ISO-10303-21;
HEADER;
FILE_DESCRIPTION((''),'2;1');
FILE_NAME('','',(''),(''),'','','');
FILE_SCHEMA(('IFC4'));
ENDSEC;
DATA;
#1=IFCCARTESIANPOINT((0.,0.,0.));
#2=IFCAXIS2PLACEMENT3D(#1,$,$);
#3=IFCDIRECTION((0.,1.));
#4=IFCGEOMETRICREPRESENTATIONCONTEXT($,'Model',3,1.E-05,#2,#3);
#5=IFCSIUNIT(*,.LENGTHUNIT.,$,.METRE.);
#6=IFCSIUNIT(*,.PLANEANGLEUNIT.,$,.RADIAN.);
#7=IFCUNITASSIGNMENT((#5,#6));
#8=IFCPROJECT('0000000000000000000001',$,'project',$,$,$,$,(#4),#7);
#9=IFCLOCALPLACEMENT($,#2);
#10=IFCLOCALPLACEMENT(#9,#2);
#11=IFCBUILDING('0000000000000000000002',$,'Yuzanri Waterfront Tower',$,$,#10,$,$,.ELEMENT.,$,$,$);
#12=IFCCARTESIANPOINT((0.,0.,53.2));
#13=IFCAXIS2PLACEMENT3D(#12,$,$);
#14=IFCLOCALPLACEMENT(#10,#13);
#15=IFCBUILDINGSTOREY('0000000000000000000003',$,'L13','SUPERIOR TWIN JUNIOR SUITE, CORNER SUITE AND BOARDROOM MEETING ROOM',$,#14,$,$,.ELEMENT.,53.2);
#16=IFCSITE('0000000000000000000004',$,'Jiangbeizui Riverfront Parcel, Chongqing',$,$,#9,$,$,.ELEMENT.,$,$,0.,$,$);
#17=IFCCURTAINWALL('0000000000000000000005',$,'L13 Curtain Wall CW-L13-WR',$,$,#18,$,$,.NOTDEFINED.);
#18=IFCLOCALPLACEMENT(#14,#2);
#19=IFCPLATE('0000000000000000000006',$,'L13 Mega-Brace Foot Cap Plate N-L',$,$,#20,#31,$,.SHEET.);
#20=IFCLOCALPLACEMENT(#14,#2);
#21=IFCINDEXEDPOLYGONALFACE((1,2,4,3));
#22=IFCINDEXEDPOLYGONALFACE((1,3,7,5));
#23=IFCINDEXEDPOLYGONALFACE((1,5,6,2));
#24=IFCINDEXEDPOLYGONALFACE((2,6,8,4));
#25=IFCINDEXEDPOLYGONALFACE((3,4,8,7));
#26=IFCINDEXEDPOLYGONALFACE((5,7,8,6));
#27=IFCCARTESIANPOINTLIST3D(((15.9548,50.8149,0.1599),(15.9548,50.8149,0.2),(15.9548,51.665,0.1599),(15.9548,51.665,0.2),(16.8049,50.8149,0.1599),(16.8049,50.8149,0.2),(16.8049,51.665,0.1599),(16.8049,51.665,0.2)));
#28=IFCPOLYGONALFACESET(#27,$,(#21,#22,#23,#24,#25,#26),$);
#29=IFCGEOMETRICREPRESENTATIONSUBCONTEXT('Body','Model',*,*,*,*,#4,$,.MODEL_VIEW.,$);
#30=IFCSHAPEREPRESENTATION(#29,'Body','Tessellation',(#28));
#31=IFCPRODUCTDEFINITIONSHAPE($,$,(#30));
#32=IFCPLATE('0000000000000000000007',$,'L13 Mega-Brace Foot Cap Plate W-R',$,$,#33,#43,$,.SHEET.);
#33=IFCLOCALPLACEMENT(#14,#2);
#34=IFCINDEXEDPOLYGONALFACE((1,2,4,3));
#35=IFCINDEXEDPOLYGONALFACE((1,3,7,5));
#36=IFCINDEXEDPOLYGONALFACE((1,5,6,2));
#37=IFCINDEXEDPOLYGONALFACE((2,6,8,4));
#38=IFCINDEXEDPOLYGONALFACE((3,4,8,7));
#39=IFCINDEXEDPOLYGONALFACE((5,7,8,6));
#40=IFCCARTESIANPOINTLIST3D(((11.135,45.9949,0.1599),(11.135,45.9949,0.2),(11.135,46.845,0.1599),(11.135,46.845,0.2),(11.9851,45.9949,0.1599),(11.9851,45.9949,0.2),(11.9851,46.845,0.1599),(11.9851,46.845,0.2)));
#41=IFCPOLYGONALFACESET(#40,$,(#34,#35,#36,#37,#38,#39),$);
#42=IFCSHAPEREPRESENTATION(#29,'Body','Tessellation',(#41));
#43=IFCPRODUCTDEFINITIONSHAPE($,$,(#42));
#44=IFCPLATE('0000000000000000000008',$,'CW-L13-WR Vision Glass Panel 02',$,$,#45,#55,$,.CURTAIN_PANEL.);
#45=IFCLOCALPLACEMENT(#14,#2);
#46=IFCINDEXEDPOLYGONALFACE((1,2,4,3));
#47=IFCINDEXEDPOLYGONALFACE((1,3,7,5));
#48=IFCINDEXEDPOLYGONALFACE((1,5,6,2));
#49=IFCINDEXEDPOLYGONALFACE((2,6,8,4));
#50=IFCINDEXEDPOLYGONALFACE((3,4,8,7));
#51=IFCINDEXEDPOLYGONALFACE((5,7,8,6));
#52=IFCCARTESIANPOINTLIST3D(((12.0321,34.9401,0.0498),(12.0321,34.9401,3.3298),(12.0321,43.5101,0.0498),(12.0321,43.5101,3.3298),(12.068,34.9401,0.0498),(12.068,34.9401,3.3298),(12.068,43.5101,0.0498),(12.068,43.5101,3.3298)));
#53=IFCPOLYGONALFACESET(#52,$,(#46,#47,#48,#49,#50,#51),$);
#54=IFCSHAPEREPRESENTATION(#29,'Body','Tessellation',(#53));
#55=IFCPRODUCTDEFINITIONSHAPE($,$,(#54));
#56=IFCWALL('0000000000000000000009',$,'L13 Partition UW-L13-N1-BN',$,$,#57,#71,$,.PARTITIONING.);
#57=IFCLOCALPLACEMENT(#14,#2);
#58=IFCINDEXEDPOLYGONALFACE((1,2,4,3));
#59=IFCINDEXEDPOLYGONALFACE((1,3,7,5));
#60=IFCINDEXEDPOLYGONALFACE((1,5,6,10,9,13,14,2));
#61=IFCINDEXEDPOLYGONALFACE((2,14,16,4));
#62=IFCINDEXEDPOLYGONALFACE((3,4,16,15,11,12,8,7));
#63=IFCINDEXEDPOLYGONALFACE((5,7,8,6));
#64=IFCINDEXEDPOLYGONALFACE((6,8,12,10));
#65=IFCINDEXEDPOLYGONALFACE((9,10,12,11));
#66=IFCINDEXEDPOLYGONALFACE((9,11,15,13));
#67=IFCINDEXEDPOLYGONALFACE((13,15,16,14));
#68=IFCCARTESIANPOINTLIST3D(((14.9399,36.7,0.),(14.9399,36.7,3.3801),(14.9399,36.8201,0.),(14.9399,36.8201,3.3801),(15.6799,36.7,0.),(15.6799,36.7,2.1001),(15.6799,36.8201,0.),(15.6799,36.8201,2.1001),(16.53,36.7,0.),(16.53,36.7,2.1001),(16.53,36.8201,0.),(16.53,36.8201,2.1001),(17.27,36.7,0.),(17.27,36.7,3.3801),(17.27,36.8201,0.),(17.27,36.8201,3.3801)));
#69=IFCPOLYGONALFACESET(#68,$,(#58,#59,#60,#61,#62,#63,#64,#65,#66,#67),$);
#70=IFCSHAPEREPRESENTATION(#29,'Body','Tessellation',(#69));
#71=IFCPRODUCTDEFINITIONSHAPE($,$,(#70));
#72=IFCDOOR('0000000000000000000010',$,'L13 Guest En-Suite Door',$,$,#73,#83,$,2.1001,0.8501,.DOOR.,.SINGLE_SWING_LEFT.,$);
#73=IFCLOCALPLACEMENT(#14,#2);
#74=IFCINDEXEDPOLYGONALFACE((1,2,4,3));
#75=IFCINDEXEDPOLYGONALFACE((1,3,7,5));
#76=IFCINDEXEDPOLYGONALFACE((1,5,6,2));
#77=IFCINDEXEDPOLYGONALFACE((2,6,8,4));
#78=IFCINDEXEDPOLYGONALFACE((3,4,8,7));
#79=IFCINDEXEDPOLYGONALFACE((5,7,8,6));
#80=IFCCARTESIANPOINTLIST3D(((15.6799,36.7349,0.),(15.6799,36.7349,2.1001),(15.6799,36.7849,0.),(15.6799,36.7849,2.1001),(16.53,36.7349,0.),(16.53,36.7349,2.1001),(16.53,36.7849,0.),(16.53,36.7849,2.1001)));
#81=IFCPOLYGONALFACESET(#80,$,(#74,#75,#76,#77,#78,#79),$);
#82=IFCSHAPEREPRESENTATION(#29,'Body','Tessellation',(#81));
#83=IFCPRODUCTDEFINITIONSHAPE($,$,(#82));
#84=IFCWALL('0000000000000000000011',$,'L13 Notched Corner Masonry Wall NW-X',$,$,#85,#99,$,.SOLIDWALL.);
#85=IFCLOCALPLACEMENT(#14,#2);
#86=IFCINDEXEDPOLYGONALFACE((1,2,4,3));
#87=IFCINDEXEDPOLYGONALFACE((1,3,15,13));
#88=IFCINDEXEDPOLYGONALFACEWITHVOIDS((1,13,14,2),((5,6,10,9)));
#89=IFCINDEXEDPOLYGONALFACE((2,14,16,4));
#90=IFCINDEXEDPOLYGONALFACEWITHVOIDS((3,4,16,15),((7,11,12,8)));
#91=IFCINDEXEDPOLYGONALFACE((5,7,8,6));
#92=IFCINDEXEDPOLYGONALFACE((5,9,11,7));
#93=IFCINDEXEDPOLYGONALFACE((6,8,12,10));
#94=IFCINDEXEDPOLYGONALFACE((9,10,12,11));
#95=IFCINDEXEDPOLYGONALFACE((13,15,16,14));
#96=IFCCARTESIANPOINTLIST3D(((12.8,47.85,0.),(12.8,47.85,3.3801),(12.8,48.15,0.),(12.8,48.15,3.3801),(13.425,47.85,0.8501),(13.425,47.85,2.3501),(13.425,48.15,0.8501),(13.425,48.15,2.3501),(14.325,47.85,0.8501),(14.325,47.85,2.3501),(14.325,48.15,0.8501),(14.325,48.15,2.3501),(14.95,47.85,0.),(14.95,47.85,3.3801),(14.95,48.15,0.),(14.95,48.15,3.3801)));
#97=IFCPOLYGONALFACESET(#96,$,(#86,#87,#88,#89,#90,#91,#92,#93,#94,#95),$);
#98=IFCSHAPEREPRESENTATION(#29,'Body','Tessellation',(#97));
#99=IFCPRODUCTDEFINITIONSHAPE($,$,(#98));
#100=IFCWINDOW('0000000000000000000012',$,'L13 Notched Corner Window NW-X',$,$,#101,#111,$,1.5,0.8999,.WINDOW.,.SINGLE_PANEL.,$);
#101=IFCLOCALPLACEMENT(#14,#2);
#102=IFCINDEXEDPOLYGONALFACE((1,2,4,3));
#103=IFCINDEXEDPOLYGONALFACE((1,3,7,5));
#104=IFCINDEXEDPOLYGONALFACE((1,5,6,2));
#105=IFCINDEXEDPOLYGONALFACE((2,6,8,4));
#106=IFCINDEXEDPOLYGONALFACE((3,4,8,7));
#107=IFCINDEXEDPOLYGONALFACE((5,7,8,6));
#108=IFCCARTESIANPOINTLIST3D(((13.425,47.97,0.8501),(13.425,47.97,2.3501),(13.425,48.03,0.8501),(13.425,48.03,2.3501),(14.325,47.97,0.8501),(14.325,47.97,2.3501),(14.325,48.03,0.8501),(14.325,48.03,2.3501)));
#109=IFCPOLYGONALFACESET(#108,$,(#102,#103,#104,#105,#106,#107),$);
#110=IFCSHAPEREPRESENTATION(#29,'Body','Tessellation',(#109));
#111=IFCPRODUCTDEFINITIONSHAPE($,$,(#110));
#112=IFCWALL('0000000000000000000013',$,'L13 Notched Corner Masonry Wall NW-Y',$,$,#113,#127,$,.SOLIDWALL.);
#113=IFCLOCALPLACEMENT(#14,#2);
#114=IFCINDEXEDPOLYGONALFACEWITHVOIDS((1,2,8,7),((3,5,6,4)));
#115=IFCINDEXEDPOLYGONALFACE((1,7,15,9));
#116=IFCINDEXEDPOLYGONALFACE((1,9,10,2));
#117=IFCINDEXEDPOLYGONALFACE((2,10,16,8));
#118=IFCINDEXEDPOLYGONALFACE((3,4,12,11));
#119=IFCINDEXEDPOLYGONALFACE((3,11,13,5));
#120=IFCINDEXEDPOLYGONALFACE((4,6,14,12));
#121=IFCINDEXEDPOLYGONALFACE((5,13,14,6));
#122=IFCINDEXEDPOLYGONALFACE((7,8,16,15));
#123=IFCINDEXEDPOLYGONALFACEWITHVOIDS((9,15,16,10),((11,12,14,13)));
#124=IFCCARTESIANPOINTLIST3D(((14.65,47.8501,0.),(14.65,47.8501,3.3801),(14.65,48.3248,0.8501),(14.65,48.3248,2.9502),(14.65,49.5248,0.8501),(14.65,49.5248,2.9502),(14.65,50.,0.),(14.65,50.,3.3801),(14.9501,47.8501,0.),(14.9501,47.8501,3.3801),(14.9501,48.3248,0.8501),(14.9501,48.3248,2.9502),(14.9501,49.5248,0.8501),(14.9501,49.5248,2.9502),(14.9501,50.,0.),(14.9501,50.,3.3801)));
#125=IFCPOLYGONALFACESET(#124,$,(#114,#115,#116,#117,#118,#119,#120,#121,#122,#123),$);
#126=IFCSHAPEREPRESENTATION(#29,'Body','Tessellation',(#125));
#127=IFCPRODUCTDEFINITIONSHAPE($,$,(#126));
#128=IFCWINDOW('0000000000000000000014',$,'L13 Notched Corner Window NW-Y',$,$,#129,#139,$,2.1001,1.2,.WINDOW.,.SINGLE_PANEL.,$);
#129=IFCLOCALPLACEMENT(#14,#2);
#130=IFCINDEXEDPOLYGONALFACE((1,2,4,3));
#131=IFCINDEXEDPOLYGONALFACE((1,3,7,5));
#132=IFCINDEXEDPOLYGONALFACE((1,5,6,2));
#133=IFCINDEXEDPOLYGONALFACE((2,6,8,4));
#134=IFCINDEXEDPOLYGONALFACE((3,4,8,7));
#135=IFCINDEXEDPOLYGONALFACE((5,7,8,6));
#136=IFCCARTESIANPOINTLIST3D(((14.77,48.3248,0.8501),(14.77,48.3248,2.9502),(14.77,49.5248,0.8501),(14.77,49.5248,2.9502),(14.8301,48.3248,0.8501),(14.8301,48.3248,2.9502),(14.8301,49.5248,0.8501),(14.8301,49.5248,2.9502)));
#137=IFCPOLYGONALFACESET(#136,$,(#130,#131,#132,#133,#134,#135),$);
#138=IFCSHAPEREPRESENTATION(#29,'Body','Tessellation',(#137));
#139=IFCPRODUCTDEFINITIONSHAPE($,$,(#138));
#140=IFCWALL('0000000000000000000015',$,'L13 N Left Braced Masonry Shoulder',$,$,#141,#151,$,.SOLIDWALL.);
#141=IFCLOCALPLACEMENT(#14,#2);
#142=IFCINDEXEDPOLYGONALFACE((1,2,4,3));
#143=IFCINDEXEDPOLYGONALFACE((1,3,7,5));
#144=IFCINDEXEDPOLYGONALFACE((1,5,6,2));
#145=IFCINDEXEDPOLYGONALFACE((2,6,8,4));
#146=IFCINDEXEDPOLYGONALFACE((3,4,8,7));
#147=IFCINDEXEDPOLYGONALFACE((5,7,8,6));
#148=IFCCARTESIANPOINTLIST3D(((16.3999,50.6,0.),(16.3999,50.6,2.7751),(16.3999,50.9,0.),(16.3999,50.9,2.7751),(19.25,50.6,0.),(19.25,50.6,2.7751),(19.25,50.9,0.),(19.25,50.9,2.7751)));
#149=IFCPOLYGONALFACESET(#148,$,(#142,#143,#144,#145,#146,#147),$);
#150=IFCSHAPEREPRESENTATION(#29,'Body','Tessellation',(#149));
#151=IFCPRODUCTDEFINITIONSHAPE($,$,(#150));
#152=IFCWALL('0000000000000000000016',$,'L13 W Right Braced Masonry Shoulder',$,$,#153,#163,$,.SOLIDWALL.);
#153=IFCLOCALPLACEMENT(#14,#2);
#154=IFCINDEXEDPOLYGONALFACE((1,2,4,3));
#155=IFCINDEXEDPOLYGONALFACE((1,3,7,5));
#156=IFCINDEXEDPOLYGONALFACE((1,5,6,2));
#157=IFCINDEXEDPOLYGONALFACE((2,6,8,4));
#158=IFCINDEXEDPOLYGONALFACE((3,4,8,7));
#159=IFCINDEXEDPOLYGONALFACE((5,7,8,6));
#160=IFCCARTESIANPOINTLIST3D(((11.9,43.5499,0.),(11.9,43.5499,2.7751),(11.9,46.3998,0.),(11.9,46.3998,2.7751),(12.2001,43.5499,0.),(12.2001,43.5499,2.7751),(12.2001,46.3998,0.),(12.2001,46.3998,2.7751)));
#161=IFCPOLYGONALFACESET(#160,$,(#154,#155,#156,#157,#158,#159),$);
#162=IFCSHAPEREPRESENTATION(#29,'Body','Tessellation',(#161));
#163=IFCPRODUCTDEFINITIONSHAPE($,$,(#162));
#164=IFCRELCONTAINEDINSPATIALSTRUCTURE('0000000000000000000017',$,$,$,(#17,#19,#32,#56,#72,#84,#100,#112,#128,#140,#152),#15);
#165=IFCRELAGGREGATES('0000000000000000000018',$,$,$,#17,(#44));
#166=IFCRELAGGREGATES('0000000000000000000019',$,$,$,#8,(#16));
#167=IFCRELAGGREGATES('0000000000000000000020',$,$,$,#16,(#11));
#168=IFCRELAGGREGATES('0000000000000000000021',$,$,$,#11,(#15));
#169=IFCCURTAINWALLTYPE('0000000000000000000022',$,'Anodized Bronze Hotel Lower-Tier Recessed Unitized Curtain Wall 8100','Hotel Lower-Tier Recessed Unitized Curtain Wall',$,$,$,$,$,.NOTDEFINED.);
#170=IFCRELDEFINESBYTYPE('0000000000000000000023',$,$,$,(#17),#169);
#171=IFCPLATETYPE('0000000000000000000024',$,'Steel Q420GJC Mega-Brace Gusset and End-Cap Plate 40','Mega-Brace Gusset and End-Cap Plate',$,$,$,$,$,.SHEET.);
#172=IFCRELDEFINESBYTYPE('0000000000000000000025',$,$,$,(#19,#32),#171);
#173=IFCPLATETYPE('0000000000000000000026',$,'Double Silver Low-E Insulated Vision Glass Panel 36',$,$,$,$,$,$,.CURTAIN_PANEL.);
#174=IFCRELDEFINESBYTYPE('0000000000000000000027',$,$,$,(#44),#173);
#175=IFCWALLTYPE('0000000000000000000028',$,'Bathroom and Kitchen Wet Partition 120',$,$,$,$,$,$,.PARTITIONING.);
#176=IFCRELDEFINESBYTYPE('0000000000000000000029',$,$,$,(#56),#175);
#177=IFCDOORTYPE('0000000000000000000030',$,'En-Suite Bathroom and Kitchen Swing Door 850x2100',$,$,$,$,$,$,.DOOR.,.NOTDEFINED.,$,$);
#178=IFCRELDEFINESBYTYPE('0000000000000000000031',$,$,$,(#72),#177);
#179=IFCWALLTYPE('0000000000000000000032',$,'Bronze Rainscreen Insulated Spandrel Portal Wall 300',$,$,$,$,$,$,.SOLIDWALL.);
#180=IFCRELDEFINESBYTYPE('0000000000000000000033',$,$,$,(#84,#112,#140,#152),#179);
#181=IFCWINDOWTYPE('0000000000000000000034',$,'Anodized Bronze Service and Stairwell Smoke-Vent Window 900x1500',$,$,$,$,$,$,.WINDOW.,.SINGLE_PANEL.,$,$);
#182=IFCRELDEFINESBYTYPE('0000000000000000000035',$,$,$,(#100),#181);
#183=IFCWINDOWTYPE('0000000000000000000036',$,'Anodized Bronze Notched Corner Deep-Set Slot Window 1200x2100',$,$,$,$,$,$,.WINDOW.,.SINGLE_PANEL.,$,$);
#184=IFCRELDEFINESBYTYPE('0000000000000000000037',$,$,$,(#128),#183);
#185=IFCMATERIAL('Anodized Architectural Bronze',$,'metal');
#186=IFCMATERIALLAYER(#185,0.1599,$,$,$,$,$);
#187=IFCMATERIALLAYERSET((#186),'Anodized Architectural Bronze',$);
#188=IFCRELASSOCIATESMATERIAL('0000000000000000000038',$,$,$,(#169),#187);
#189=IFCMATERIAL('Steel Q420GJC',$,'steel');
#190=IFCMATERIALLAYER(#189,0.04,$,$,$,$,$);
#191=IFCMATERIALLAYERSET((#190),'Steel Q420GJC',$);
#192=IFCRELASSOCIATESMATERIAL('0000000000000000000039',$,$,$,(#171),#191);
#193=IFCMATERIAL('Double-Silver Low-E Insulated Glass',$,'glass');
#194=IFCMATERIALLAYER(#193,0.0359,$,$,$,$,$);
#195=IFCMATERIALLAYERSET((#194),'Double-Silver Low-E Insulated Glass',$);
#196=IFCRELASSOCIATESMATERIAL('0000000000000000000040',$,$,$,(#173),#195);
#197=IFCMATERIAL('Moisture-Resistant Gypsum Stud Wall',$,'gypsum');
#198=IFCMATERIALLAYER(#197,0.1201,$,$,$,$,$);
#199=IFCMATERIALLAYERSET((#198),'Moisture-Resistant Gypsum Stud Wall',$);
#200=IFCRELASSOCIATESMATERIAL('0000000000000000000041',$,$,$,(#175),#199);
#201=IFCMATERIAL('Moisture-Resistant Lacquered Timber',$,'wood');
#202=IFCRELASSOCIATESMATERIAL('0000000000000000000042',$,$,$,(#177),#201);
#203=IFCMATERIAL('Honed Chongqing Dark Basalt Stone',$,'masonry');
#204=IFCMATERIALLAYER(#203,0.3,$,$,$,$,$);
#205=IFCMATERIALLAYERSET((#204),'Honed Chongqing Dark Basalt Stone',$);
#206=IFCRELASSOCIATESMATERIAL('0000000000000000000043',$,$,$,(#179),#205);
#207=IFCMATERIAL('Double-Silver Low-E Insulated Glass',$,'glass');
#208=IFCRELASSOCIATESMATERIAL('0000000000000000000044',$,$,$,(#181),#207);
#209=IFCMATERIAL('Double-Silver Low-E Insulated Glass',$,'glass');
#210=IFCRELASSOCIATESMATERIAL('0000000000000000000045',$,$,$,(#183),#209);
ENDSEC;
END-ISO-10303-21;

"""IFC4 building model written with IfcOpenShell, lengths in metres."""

from ifc_helpers import new_model, si_unit, direction, frame, frame_2d, origin, origin_2d, place, context, subcontext, project, spatial, rectangle, extrude, source, transform, mapped, material, layer, layer_set, type_object, element, fill, aggregate, save


model = new_model("IFC4")

# Units and contexts
model_context = context("Model", 3, precision=1e-05, world=origin(), true_north=direction((0.0, 1.0)))
body_context = subcontext(model_context, "Body", "Model", "MODEL_VIEW")
ifc_project = project(units=[si_unit("LENGTHUNIT", "METRE"), si_unit("PLANEANGLEUNIT", "RADIAN")], contexts=[model_context])

# Site, building, storey
site_placement = place(None, origin())
site = spatial("IfcSite", under=ifc_project, at=site_placement, Name="Jiangbeizui Riverfront Parcel, Chongqing", CompositionType="ELEMENT", RefElevation=0.0)
building_placement = place(site_placement, origin())
building = spatial("IfcBuilding", under=site, at=building_placement, Name="Yuzanri Waterfront Tower", CompositionType="ELEMENT")
storey_placement = place(building_placement, frame((0.0, 0.0, 53.2)))
storey = spatial("IfcBuildingStorey", under=building, at=storey_placement, Name="L13", Description="SUPERIOR TWIN JUNIOR SUITE, CORNER SUITE AND BOARDROOM MEETING ROOM", CompositionType="ELEMENT", Elevation=53.2)

# Curtain wall
ifc_material_1 = material(Name="Anodized Architectural Bronze", Category="metal")
ifc_layer_1 = layer(ifc_material_1, 0.1599)
ifc_layer_set_1 = layer_set([ifc_layer_1], Name="Anodized Architectural Bronze")
curtain_wall_type = type_object("IfcCurtainWallType", Name="Anodized Bronze Hotel Lower-Tier Recessed Unitized Curtain Wall 8100", Description="Hotel Lower-Tier Recessed Unitized Curtain Wall", PredefinedType="NOTDEFINED", material=ifc_layer_set_1)
curtain_wall_placement = place(storey_placement, origin())
curtain_wall = element("IfcCurtainWall", 1, at=curtain_wall_placement, inside=storey, type_object=curtain_wall_type, Name="L13 Curtain Wall CW-L13-WR", PredefinedType="NOTDEFINED")

# Plates
ifc_material_2 = material(Name="Steel Q420GJC", Category="steel")
ifc_layer_2 = layer(ifc_material_2, 0.04)
ifc_layer_set_2 = layer_set([ifc_layer_2], Name="Steel Q420GJC")
plate_type_1 = type_object("IfcPlateType", Name="Steel Q420GJC Mega-Brace Gusset and End-Cap Plate 40", Description="Mega-Brace Gusset and End-Cap Plate", PredefinedType="SHEET", material=ifc_layer_set_2)
shared_shape_1 = source(origin(), body_context, "Body", "SweptSolid", [
    extrude(rectangle(XDim=0.8501, YDim=0.8501, at=origin_2d()), origin(), (0.0, 0.0, 1.0), 0.04),
])
for number, where, z_axis, x_axis, name in (
    (2, (16.3799, 51.24, 0.1599), (0.0, 0.0, 1.0), (1.0, 0.0, 0.0), "L13 Mega-Brace Foot Cap Plate N-L"),
    (3, (11.5601, 46.4199, 0.1599), (0.0, 0.0, 1.0), (1.0, 0.0, 0.0), "L13 Mega-Brace Foot Cap Plate W-R"),
):
    element("IfcPlate", number, at=place(storey_placement, frame(where, z_axis=z_axis, x_axis=x_axis)), inside=storey, type_object=plate_type_1, Name=name, PredefinedType="SHEET", context=body_context, shape_type="MappedRepresentation", body=[
        mapped(shared_shape_1, transform((0.0, 0.0, 0.0), scale=1.0)),
    ])

# Plate
ifc_material_3 = material(Name="Double-Silver Low-E Insulated Glass", Category="glass")
ifc_layer_3 = layer(ifc_material_3, 0.0359)
ifc_layer_set_3 = layer_set([ifc_layer_3], Name="Double-Silver Low-E Insulated Glass")
plate_type_2 = type_object("IfcPlateType", Name="Double Silver Low-E Insulated Vision Glass Panel 36", PredefinedType="CURTAIN_PANEL", material=ifc_layer_set_3)
shared_shape_2 = source(origin(), body_context, "Body", "SweptSolid", [
    extrude(rectangle(XDim=8.5701, YDim=0.0359, at=origin_2d()), origin(), (0.0, 0.0, 1.0), 3.28),
])
plate_placement = place(storey_placement, frame((12.05, 39.2251, 0.0498), z_axis=(0.0, 0.0, 1.0), x_axis=(0.0, 1.0, 0.0)))
plate = element("IfcPlate", 4, at=plate_placement, type_object=plate_type_2, Name="CW-L13-WR Vision Glass Panel 02", PredefinedType="CURTAIN_PANEL", context=body_context, shape_type="MappedRepresentation", body=[
    mapped(shared_shape_2, transform((0.0, 0.0, 0.0), scale=1.0)),
])
aggregate(curtain_wall, [plate])

# Wall, opening, door
ifc_material_4 = material(Name="Moisture-Resistant Gypsum Stud Wall", Category="gypsum")
ifc_layer_4 = layer(ifc_material_4, 0.1201)
ifc_layer_set_4 = layer_set([ifc_layer_4], Name="Moisture-Resistant Gypsum Stud Wall")
wall_type_1 = type_object("IfcWallType", Name="Bathroom and Kitchen Wet Partition 120", PredefinedType="PARTITIONING", material=ifc_layer_set_4)
wall_1_placement = place(storey_placement, frame((14.9399, 36.76, 0.0), z_axis=(0.0, 0.0, 1.0), x_axis=(1.0, 0.0, 0.0)))
wall_1 = element("IfcWall", 5, at=wall_1_placement, inside=storey, type_object=wall_type_1, Name="L13 Partition UW-L13-N1-BN", PredefinedType="PARTITIONING", context=body_context, shape_type="SweptSolid", body=[
    extrude(rectangle(XDim=2.3301, YDim=0.1201, at=frame_2d((1.165, 0.0))), origin(), (0.0, 0.0, 1.0), 3.3801),
])
opening_1_placement = place(wall_1_placement, frame((0.74, 0.0, 0.0)))
opening_1 = element("IfcOpeningElement", 6, at=opening_1_placement, cuts=wall_1, PredefinedType="OPENING", context=body_context, shape_type="SweptSolid", body=[
    extrude(rectangle(XDim=0.8501, YDim=2.1001, at=frame_2d((0.425, 1.05))), frame((0.0, 0.075, 0.0), z_axis=(0.0, -1.0, 0.0), x_axis=(1.0, 0.0, 0.0)), (0.0, 0.0, 1.0), 0.1499),
])
ifc_material_5 = material(Name="Moisture-Resistant Lacquered Timber", Category="wood")
door_type = type_object("IfcDoorType", Name="En-Suite Bathroom and Kitchen Swing Door 850x2100", OperationType="NOTDEFINED", PredefinedType="DOOR", material=ifc_material_5)
shared_shape_3 = source(origin(), body_context, "Body", "SweptSolid", [
    extrude(rectangle(XDim=0.8501, YDim=2.1001, at=frame_2d((0.425, 1.05))), frame((0.0, 0.0249, 0.0), z_axis=(0.0, -1.0, 0.0), x_axis=(1.0, 0.0, 0.0)), (0.0, 0.0, 1.0), 0.05),
])
door_placement = place(opening_1_placement, origin())
door = element("IfcDoor", 7, at=door_placement, inside=storey, type_object=door_type, Name="L13 Guest En-Suite Door", OperationType="SINGLE_SWING_LEFT", OverallHeight=2.1001, OverallWidth=0.8501, PredefinedType="DOOR", context=body_context, shape_type="MappedRepresentation", body=[
    mapped(shared_shape_3, transform((0.0, 0.0, 0.0), scale=1.0)),
])
fill(opening_1, door)

# Walls, openings, windows
ifc_material_6 = material(Name="Honed Chongqing Dark Basalt Stone", Category="masonry")
ifc_layer_5 = layer(ifc_material_6, 0.3)
ifc_layer_set_5 = layer_set([ifc_layer_5], Name="Honed Chongqing Dark Basalt Stone")
wall_type_2 = type_object("IfcWallType", Name="Bronze Rainscreen Insulated Spandrel Portal Wall 300", PredefinedType="SOLIDWALL", material=ifc_layer_set_5)
wall_2_placement = place(storey_placement, frame((14.95, 48.0, 0.0), z_axis=(0.0, 0.0, 1.0), x_axis=(-1.0, 0.0, 0.0)))
wall_2 = element("IfcWall", 8, at=wall_2_placement, inside=storey, type_object=wall_type_2, Name="L13 Notched Corner Masonry Wall NW-X", PredefinedType="SOLIDWALL", context=body_context, shape_type="SweptSolid", body=[
    extrude(rectangle(XDim=2.1499, YDim=0.3, at=frame_2d((1.075, 0.0))), origin(), (0.0, 0.0, 1.0), 3.3801),
])
opening_2_placement = place(wall_2_placement, frame((0.625, 0.0, 0.8501)))
opening_2 = element("IfcOpeningElement", 9, at=opening_2_placement, cuts=wall_2, PredefinedType="OPENING", context=body_context, shape_type="SweptSolid", body=[
    extrude(rectangle(XDim=0.8999, YDim=1.5, at=frame_2d((0.45, 0.75))), frame((0.0, 0.165, 0.0), z_axis=(0.0, -1.0, 0.0), x_axis=(1.0, 0.0, 0.0)), (0.0, 0.0, 1.0), 0.3298),
])
ifc_material_7 = material(Name="Double-Silver Low-E Insulated Glass", Category="glass")
window_type_1 = type_object("IfcWindowType", Name="Anodized Bronze Service and Stairwell Smoke-Vent Window 900x1500", PartitioningType="SINGLE_PANEL", PredefinedType="WINDOW", material=ifc_material_7)
shared_shape_4 = source(origin(), body_context, "Body", "SweptSolid", [
    extrude(rectangle(XDim=0.8999, YDim=1.5, at=frame_2d((0.45, 0.75))), frame((0.0, 0.03, 0.0), z_axis=(0.0, -1.0, 0.0), x_axis=(1.0, 0.0, 0.0)), (0.0, 0.0, 1.0), 0.0601),
])
window_1_placement = place(opening_2_placement, origin())
window_1 = element("IfcWindow", 10, at=window_1_placement, inside=storey, type_object=window_type_1, Name="L13 Notched Corner Window NW-X", OverallHeight=1.5, OverallWidth=0.8999, PartitioningType="SINGLE_PANEL", PredefinedType="WINDOW", context=body_context, shape_type="MappedRepresentation", body=[
    mapped(shared_shape_4, transform((0.0, 0.0, 0.0), scale=1.0)),
])
fill(opening_2, window_1)
wall_3_placement = place(storey_placement, frame((14.8, 50.0, 0.0), z_axis=(0.0, 0.0, 1.0), x_axis=(0.0, -1.0, 0.0)))
wall_3 = element("IfcWall", 11, at=wall_3_placement, inside=storey, type_object=wall_type_2, Name="L13 Notched Corner Masonry Wall NW-Y", PredefinedType="SOLIDWALL", context=body_context, shape_type="SweptSolid", body=[
    extrude(rectangle(XDim=2.1499, YDim=0.3, at=frame_2d((1.075, 0.0))), origin(), (0.0, 0.0, 1.0), 3.3801),
])
opening_3_placement = place(wall_3_placement, frame((0.4751, 0.0, 0.8501)))
opening_3 = element("IfcOpeningElement", 12, at=opening_3_placement, cuts=wall_3, PredefinedType="OPENING", context=body_context, shape_type="SweptSolid", body=[
    extrude(rectangle(XDim=1.2, YDim=2.1001, at=frame_2d((0.6001, 1.05))), frame((0.0, 0.165, 0.0), z_axis=(0.0, -1.0, 0.0), x_axis=(1.0, 0.0, 0.0)), (0.0, 0.0, 1.0), 0.3298),
])
ifc_material_8 = material(Name="Double-Silver Low-E Insulated Glass", Category="glass")
window_type_2 = type_object("IfcWindowType", Name="Anodized Bronze Notched Corner Deep-Set Slot Window 1200x2100", PartitioningType="SINGLE_PANEL", PredefinedType="WINDOW", material=ifc_material_8)
shared_shape_5 = source(origin(), body_context, "Body", "SweptSolid", [
    extrude(rectangle(XDim=1.2, YDim=2.1001, at=frame_2d((0.6001, 1.05))), frame((0.0, 0.03, 0.0), z_axis=(0.0, -1.0, 0.0), x_axis=(1.0, 0.0, 0.0)), (0.0, 0.0, 1.0), 0.0601),
])
window_2_placement = place(opening_3_placement, origin())
window_2 = element("IfcWindow", 13, at=window_2_placement, inside=storey, type_object=window_type_2, Name="L13 Notched Corner Window NW-Y", OverallHeight=2.1001, OverallWidth=1.2, PartitioningType="SINGLE_PANEL", PredefinedType="WINDOW", context=body_context, shape_type="MappedRepresentation", body=[
    mapped(shared_shape_5, transform((0.0, 0.0, 0.0), scale=1.0)),
])
fill(opening_3, window_2)

# Walls
shared_shape_6 = source(origin(), body_context, "Body", "SweptSolid", [
    extrude(rectangle(XDim=2.8501, YDim=0.3, at=frame_2d((1.425, 0.0))), origin(), (0.0, 0.0, 1.0), 2.7751),
])
wall_4_placement = place(storey_placement, frame((16.3999, 50.75, 0.0), z_axis=(0.0, 0.0, 1.0), x_axis=(1.0, 0.0, 0.0)))
element("IfcWall", 14, at=wall_4_placement, inside=storey, type_object=wall_type_2, Name="L13 N Left Braced Masonry Shoulder", PredefinedType="SOLIDWALL", context=body_context, shape_type="MappedRepresentation", body=[
    mapped(shared_shape_6, transform((0.0, 0.0, 0.0), scale=1.0)),
])
shared_shape_7 = source(origin(), body_context, "Body", "SweptSolid", [
    extrude(rectangle(XDim=2.8499, YDim=0.3, at=frame_2d((1.4248, 0.0))), origin(), (0.0, 0.0, 1.0), 2.7751),
])
wall_5_placement = place(storey_placement, frame((12.05, 43.55, 0.0), z_axis=(0.0, 0.0, 1.0), x_axis=(0.0, 1.0, 0.0)))
element("IfcWall", 15, at=wall_5_placement, inside=storey, type_object=wall_type_2, Name="L13 W Right Braced Masonry Shoulder", PredefinedType="SOLIDWALL", context=body_context, shape_type="MappedRepresentation", body=[
    mapped(shared_shape_7, transform((0.0, 0.0, 0.0), scale=1.0)),
])

save(model, "model.ifc")
